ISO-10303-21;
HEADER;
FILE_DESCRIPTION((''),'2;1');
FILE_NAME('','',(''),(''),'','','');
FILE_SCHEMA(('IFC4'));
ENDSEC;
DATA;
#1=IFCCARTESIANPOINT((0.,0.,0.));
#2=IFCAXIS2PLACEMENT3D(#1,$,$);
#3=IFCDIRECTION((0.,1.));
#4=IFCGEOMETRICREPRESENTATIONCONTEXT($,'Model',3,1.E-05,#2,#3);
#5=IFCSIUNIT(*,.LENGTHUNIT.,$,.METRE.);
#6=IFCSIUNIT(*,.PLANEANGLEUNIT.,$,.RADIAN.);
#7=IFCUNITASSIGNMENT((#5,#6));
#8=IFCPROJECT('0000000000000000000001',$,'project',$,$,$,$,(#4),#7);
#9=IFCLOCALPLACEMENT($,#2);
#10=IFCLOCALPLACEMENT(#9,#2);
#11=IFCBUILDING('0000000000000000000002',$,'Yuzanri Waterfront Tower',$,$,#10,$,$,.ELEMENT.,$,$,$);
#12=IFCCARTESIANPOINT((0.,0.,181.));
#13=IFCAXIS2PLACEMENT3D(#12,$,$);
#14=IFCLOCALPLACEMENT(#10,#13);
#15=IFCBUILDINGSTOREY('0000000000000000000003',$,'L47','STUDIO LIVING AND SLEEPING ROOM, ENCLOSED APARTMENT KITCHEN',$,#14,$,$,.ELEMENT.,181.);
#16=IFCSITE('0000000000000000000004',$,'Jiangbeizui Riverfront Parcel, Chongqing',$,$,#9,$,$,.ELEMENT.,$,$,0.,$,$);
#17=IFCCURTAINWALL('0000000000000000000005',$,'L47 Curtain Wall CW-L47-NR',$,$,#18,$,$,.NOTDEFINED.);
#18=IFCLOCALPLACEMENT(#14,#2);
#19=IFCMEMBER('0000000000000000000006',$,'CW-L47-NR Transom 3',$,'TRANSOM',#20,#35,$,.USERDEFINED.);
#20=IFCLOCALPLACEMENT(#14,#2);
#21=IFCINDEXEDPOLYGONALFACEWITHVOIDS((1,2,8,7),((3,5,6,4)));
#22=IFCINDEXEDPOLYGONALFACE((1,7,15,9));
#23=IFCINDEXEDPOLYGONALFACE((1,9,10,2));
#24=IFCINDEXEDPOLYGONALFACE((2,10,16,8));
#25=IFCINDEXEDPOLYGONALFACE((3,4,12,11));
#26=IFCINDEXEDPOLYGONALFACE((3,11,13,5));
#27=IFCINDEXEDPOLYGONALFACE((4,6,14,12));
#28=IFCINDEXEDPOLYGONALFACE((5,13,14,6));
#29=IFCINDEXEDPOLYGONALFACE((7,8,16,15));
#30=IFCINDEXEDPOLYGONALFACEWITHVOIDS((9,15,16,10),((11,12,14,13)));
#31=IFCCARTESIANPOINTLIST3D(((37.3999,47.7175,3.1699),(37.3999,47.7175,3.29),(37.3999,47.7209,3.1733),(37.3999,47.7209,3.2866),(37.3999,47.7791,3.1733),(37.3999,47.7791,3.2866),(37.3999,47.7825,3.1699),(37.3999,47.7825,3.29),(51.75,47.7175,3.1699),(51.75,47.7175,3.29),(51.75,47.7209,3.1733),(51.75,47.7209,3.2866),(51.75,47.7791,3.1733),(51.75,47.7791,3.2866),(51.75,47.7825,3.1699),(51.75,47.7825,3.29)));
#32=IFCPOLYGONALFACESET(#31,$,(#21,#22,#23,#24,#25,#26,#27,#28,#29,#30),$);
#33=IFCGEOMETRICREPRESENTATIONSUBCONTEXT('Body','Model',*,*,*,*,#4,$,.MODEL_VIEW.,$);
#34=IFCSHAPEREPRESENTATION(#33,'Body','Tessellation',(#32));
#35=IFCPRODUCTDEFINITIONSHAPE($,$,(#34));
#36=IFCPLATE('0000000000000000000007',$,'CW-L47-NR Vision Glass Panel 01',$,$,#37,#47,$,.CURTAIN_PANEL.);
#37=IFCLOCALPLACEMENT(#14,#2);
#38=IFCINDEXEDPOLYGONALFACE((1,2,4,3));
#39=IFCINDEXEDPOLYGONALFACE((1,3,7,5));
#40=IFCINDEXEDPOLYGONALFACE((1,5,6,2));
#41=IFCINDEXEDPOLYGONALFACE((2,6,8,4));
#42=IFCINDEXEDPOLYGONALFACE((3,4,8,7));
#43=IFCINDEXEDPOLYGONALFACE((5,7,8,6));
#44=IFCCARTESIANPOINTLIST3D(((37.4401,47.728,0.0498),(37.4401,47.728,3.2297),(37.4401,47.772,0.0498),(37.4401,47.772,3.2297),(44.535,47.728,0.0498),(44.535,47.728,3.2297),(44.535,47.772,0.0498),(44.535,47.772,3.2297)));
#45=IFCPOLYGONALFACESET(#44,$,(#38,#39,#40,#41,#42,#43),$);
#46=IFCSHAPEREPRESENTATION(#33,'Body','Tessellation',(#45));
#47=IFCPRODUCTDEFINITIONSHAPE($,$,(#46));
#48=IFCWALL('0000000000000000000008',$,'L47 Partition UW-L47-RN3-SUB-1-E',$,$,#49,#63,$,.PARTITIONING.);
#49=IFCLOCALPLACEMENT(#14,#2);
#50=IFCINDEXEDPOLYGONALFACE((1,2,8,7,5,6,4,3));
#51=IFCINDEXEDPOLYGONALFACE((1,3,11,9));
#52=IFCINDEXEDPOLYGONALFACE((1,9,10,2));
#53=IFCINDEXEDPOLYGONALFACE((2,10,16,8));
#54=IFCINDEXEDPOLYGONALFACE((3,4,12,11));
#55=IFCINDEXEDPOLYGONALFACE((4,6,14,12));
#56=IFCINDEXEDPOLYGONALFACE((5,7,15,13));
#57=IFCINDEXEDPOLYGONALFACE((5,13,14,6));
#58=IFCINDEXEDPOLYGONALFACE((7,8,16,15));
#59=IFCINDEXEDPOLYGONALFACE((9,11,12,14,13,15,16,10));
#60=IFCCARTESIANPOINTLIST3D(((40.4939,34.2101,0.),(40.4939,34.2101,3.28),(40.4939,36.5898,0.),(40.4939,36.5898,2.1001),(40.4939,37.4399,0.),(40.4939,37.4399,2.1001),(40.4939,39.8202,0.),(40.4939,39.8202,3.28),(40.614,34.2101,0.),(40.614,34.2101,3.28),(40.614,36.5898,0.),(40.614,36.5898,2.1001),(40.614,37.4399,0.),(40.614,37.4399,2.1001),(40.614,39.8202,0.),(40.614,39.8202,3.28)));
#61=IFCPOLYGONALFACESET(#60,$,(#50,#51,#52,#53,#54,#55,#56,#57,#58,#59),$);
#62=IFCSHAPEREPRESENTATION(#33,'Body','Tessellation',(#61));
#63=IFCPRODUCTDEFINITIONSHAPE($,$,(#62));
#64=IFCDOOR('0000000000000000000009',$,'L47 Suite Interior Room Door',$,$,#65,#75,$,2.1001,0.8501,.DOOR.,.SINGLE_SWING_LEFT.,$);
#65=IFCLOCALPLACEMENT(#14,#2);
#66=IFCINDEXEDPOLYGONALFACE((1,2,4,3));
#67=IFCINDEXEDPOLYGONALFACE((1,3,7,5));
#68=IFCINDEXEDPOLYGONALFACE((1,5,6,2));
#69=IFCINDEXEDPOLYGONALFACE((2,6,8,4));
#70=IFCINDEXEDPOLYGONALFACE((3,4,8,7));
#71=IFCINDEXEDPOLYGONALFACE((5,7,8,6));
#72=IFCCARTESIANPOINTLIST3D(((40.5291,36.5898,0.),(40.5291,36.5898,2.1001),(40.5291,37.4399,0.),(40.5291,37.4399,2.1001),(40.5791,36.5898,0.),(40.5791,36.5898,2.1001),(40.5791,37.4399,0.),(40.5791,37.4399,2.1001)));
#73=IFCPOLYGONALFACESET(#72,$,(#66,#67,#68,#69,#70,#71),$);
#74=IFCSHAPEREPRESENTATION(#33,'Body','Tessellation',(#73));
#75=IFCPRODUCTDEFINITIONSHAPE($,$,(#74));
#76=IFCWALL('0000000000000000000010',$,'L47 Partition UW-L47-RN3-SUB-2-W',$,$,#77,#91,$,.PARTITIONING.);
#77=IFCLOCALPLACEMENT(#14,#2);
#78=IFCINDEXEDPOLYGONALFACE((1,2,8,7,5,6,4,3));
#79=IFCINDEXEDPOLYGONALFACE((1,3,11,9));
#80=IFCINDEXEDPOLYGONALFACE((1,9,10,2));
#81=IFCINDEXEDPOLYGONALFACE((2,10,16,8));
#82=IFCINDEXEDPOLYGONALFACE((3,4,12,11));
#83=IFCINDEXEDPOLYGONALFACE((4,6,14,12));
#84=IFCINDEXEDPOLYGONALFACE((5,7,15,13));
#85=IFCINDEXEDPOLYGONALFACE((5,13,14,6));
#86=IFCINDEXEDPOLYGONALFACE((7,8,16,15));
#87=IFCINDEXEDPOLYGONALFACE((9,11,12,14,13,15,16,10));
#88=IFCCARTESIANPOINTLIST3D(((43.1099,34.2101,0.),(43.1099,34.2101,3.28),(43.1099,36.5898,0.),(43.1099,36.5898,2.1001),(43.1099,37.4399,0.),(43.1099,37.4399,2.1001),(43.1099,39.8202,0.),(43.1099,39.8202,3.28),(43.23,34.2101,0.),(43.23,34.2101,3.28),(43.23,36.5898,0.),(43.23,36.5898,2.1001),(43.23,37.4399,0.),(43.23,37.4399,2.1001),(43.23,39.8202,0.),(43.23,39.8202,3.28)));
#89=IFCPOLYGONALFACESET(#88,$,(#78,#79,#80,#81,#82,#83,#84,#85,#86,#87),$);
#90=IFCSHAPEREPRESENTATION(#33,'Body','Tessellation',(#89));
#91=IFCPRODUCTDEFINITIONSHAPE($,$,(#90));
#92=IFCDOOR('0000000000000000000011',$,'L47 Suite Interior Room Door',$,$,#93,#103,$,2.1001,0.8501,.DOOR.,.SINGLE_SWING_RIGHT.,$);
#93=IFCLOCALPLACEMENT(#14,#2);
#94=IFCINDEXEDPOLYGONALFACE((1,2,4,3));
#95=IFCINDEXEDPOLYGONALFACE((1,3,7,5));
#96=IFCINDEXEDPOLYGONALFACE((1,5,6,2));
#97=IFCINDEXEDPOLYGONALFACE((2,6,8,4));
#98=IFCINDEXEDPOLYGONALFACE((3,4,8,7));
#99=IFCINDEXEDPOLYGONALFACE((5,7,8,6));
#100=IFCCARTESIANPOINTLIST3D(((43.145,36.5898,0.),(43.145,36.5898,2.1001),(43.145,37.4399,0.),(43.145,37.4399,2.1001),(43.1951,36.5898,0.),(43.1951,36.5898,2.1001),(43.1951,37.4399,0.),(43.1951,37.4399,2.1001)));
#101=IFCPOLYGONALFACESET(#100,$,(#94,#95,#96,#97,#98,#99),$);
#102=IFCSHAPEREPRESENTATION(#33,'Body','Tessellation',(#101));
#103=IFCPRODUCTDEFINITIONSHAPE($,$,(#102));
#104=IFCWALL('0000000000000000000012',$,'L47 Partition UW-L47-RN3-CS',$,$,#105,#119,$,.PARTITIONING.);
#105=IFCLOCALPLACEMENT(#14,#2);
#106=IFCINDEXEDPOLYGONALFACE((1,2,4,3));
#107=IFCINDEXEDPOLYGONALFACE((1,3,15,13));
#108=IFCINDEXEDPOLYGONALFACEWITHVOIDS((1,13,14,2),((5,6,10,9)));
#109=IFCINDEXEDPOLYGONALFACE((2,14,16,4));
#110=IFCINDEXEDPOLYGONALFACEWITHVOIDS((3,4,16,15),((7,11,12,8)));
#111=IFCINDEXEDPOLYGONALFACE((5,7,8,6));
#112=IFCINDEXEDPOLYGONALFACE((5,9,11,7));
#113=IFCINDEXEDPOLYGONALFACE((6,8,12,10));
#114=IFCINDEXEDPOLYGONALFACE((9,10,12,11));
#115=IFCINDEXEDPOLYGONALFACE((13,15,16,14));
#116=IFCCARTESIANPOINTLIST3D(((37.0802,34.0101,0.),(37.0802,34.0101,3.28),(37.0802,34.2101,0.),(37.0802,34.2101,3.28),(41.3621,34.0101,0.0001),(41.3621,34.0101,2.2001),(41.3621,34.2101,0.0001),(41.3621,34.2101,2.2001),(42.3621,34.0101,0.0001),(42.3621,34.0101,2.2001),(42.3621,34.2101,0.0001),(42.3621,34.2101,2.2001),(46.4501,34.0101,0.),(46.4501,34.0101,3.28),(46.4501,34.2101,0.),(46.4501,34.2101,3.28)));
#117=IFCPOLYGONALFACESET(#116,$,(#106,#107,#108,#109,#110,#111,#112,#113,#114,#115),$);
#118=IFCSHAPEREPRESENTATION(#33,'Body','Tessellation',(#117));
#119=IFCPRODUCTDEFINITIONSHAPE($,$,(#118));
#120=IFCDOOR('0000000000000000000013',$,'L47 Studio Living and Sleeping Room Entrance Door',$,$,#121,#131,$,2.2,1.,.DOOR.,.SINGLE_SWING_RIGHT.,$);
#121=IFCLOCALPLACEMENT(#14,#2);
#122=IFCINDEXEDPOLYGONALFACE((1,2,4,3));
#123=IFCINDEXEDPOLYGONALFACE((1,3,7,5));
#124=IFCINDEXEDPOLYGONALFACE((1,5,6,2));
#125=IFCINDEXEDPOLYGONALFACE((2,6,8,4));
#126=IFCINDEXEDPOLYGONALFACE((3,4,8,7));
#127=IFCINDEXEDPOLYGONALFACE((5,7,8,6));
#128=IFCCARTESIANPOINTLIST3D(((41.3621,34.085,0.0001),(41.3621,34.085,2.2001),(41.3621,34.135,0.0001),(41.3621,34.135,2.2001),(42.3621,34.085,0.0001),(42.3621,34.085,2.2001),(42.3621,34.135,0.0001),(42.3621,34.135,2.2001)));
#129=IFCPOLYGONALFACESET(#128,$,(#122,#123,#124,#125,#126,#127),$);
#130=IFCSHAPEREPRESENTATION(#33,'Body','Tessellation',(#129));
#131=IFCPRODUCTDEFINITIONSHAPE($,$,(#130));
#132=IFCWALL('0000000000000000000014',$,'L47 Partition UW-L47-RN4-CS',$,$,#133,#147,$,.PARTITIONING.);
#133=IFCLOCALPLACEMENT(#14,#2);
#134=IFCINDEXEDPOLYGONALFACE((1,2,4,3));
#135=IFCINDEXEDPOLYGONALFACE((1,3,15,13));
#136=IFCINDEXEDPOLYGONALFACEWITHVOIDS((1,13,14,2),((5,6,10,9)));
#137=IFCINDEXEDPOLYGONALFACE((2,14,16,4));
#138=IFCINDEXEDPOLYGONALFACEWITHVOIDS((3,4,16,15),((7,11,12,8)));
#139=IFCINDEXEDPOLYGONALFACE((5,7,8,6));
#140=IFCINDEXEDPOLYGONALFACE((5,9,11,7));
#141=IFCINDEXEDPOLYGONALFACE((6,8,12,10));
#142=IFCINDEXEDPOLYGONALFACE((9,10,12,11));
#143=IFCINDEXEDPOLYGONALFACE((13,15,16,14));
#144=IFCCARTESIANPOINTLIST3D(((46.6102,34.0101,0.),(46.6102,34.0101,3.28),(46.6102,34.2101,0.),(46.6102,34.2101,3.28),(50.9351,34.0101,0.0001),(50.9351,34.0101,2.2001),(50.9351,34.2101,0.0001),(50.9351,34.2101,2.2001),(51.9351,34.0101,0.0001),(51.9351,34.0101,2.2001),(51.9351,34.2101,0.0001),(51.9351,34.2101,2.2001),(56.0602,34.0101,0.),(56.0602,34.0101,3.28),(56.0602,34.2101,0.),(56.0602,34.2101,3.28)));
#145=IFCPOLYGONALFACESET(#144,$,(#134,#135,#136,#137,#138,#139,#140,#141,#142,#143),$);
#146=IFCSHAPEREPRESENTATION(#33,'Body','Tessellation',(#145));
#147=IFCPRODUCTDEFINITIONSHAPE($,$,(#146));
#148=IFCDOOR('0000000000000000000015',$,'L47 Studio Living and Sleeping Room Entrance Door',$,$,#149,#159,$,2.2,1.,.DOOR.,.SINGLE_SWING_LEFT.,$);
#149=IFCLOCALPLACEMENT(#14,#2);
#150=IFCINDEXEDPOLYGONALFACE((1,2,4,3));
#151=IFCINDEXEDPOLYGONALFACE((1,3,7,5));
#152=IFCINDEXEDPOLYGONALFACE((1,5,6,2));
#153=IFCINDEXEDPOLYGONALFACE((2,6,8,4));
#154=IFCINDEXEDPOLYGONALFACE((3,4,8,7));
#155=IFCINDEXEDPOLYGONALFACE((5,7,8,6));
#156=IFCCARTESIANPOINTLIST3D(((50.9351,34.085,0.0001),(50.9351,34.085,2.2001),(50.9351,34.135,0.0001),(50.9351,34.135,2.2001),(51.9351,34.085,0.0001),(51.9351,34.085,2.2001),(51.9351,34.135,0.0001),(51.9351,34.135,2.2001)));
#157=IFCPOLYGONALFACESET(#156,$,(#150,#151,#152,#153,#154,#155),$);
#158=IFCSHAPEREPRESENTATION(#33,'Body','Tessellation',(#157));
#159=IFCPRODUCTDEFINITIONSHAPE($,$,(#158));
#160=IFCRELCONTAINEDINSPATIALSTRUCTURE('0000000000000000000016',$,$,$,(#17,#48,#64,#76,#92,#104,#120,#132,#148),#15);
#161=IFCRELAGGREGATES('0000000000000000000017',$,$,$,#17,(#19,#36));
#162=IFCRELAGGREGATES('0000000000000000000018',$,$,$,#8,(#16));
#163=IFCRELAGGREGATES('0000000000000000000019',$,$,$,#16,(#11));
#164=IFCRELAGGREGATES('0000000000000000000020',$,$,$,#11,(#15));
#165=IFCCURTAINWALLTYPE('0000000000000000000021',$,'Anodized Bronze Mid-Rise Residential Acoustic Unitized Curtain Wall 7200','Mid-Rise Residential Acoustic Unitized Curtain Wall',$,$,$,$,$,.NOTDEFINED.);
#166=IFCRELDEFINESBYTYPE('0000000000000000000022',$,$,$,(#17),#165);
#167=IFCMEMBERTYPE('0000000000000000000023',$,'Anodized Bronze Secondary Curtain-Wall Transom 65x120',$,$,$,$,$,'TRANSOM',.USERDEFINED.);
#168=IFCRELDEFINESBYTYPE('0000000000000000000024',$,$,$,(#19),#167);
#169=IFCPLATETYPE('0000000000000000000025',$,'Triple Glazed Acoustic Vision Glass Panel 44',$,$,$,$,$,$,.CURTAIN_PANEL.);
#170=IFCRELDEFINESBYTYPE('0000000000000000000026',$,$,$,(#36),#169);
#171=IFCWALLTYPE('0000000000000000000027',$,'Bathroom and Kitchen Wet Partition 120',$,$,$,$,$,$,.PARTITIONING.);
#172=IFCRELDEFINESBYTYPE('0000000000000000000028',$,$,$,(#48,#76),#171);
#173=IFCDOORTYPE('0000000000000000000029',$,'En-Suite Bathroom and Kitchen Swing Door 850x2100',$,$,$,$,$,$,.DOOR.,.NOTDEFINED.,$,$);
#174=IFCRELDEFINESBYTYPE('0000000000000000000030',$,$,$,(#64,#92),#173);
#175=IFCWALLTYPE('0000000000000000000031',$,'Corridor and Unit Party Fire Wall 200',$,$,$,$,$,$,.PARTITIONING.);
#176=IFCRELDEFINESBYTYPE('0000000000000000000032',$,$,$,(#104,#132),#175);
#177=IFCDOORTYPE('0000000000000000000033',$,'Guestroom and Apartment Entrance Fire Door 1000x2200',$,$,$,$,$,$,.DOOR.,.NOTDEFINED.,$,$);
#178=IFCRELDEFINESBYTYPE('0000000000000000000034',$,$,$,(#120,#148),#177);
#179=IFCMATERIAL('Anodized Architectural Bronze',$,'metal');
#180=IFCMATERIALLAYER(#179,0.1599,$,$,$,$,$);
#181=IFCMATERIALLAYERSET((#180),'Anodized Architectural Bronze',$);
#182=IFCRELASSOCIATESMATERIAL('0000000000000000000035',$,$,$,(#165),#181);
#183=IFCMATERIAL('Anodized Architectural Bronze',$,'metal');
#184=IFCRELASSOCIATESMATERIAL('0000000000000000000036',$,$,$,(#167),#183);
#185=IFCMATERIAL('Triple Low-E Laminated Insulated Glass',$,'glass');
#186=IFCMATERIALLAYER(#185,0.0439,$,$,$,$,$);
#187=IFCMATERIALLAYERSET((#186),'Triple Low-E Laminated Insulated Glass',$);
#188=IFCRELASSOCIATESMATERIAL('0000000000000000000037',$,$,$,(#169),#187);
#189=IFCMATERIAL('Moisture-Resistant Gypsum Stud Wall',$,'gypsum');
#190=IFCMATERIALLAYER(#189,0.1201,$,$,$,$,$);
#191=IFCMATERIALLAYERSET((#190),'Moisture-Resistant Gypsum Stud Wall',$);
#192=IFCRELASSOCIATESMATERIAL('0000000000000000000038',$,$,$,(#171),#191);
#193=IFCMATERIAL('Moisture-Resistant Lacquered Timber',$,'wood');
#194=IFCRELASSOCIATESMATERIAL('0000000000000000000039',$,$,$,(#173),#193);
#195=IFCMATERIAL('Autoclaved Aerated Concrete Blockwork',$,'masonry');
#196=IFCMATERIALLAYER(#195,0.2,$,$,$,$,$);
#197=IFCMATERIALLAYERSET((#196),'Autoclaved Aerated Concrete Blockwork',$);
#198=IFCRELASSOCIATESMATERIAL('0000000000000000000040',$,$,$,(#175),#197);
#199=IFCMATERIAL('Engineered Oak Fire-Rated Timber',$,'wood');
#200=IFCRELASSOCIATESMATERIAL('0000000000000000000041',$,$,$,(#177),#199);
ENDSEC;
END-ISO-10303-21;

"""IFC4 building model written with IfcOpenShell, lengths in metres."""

from ifc_helpers import new_model, si_unit, direction, frame, frame_2d, origin, origin_2d, place, context, subcontext, project, spatial, rectangle, hollow_rectangle, extrude, source, transform, mapped, material, layer, layer_set, material_profile, profile_set, type_object, element, fill, aggregate, save


model = new_model("IFC4")

# Units and contexts
model_context = context("Model", 3, precision=1e-05, world=origin(), true_north=direction((0.0, 1.0)))
body_context = subcontext(model_context, "Body", "Model", "MODEL_VIEW")
ifc_project = project(units=[si_unit("LENGTHUNIT", "METRE"), si_unit("PLANEANGLEUNIT", "RADIAN")], contexts=[model_context])

# Site, building, storey
site_placement = place(None, origin())
site = spatial("IfcSite", under=ifc_project, at=site_placement, Name="Jiangbeizui Riverfront Parcel, Chongqing", CompositionType="ELEMENT", RefElevation=0.0)
building_placement = place(site_placement, origin())
building = spatial("IfcBuilding", under=site, at=building_placement, Name="Yuzanri Waterfront Tower", CompositionType="ELEMENT")
storey_placement = place(building_placement, frame((0.0, 0.0, 181.0)))
storey = spatial("IfcBuildingStorey", under=building, at=storey_placement, Name="L47", Description="STUDIO LIVING AND SLEEPING ROOM, ENCLOSED APARTMENT KITCHEN", CompositionType="ELEMENT", Elevation=181.0)

# Curtain wall, member, plate
ifc_material_1 = material(Name="Anodized Architectural Bronze", Category="metal")
ifc_layer_1 = layer(ifc_material_1, 0.1599)
ifc_layer_set_1 = layer_set([ifc_layer_1], Name="Anodized Architectural Bronze")
curtain_wall_type = type_object("IfcCurtainWallType", Name="Anodized Bronze Mid-Rise Residential Acoustic Unitized Curtain Wall 7200", Description="Mid-Rise Residential Acoustic Unitized Curtain Wall", PredefinedType="NOTDEFINED", material=ifc_layer_set_1)
curtain_wall_placement = place(storey_placement, origin())
curtain_wall = element("IfcCurtainWall", 1, at=curtain_wall_placement, inside=storey, type_object=curtain_wall_type, Name="L47 Curtain Wall CW-L47-NR", PredefinedType="NOTDEFINED")
ifc_material_2 = material(Name="Anodized Architectural Bronze", Category="metal")
ifc_material_profile_1 = material_profile(ifc_material_2, hollow_rectangle(XDim=0.0649, YDim=0.1201, WallThickness=0.0034, at=origin_2d()), Name="CWT 65x120")
ifc_profile_set_1 = profile_set([ifc_material_profile_1], Name="Anodized Architectural Bronze")
member_type_1 = type_object("IfcMemberType", Name="Anodized Bronze Secondary Curtain-Wall Transom 65x120", ElementType="TRANSOM", PredefinedType="USERDEFINED", material=ifc_profile_set_1)
shared_shape_1 = source(origin(), body_context, "Body", "SweptSolid", [
    extrude(hollow_rectangle(XDim=0.0649, YDim=0.1201, WallThickness=0.0034, at=origin_2d()), origin(), (0.0, 0.0, 1.0), 14.3501),
])
member_1_placement = place(storey_placement, frame((37.3999, 47.75, 3.23), z_axis=(1.0, 0.0, 0.0), x_axis=(0.0, 1.0, 0.0)))
member_1 = element("IfcMember", 2, at=member_1_placement, type_object=member_type_1, Name="CW-L47-NR Transom 3", ObjectType="TRANSOM", PredefinedType="USERDEFINED", context=body_context, shape_type="MappedRepresentation", body=[
    mapped(shared_shape_1, transform((0.0, 0.0, 0.0), scale=1.0)),
])
ifc_material_3 = material(Name="Triple Low-E Laminated Insulated Glass", Category="glass")
ifc_layer_2 = layer(ifc_material_3, 0.0439)
ifc_layer_set_2 = layer_set([ifc_layer_2], Name="Triple Low-E Laminated Insulated Glass")
plate_type = type_object("IfcPlateType", Name="Triple Glazed Acoustic Vision Glass Panel 44", PredefinedType="CURTAIN_PANEL", material=ifc_layer_set_2)
shared_shape_2 = source(origin(), body_context, "Body", "SweptSolid", [
    extrude(rectangle(XDim=7.095, YDim=0.0439, at=origin_2d()), origin(), (0.0, 0.0, 1.0), 3.1799),
])
plate_placement = place(storey_placement, frame((40.9875, 47.75, 0.0498), z_axis=(0.0, 0.0, 1.0), x_axis=(1.0, 0.0, 0.0)))
plate = element("IfcPlate", 3, at=plate_placement, type_object=plate_type, Name="CW-L47-NR Vision Glass Panel 01", PredefinedType="CURTAIN_PANEL", context=body_context, shape_type="MappedRepresentation", body=[
    mapped(shared_shape_2, transform((0.0, 0.0, 0.0), scale=1.0)),
])
aggregate(curtain_wall, [member_1, plate])

# Walls, openings, doors
ifc_material_4 = material(Name="Moisture-Resistant Gypsum Stud Wall", Category="gypsum")
ifc_layer_3 = layer(ifc_material_4, 0.1201)
ifc_layer_set_3 = layer_set([ifc_layer_3], Name="Moisture-Resistant Gypsum Stud Wall")
wall_type_1 = type_object("IfcWallType", Name="Bathroom and Kitchen Wet Partition 120", PredefinedType="PARTITIONING", material=ifc_layer_set_3)
wall_1_placement = place(storey_placement, frame((40.554, 34.21, 0.0), z_axis=(0.0, 0.0, 1.0), x_axis=(0.0, 1.0, 0.0)))
wall_1 = element("IfcWall", 4, at=wall_1_placement, inside=storey, type_object=wall_type_1, Name="L47 Partition UW-L47-RN3-SUB-1-E", PredefinedType="PARTITIONING", context=body_context, shape_type="SweptSolid", body=[
    extrude(rectangle(XDim=5.6101, YDim=0.1201, at=frame_2d((2.8052, 0.0))), origin(), (0.0, 0.0, 1.0), 3.28),
])
opening_1_placement = place(wall_1_placement, frame((2.3799, 0.0, 0.0)))
opening_1 = element("IfcOpeningElement", 5, at=opening_1_placement, cuts=wall_1, PredefinedType="OPENING", context=body_context, shape_type="SweptSolid", body=[
    extrude(rectangle(XDim=0.8501, YDim=2.1001, at=frame_2d((0.425, 1.05))), frame((0.0, 0.075, 0.0), z_axis=(0.0, -1.0, 0.0), x_axis=(1.0, 0.0, 0.0)), (0.0, 0.0, 1.0), 0.1499),
])
ifc_material_5 = material(Name="Moisture-Resistant Lacquered Timber", Category="wood")
door_type_1 = type_object("IfcDoorType", Name="En-Suite Bathroom and Kitchen Swing Door 850x2100", OperationType="NOTDEFINED", PredefinedType="DOOR", material=ifc_material_5)
shared_shape_3 = source(origin(), body_context, "Body", "SweptSolid", [
    extrude(rectangle(XDim=0.8501, YDim=2.1001, at=frame_2d((0.425, 1.05))), frame((0.0, 0.0249, 0.0), z_axis=(0.0, -1.0, 0.0), x_axis=(1.0, 0.0, 0.0)), (0.0, 0.0, 1.0), 0.05),
])
door_1_placement = place(opening_1_placement, origin())
door_1 = element("IfcDoor", 6, at=door_1_placement, inside=storey, type_object=door_type_1, Name="L47 Suite Interior Room Door", OperationType="SINGLE_SWING_LEFT", OverallHeight=2.1001, OverallWidth=0.8501, PredefinedType="DOOR", context=body_context, shape_type="MappedRepresentation", body=[
    mapped(shared_shape_3, transform((0.0, 0.0, 0.0), scale=1.0)),
])
fill(opening_1, door_1)
wall_2_placement = place(storey_placement, frame((43.1699, 34.21, 0.0), z_axis=(0.0, 0.0, 1.0), x_axis=(0.0, 1.0, 0.0)))
wall_2 = element("IfcWall", 7, at=wall_2_placement, inside=storey, type_object=wall_type_1, Name="L47 Partition UW-L47-RN3-SUB-2-W", PredefinedType="PARTITIONING", context=body_context, shape_type="SweptSolid", body=[
    extrude(rectangle(XDim=5.6101, YDim=0.1201, at=frame_2d((2.8052, 0.0))), origin(), (0.0, 0.0, 1.0), 3.28),
])
opening_2_placement = place(wall_2_placement, frame((2.3799, 0.0, 0.0)))
opening_2 = element("IfcOpeningElement", 8, at=opening_2_placement, cuts=wall_2, PredefinedType="OPENING", context=body_context, shape_type="SweptSolid", body=[
    extrude(rectangle(XDim=0.8501, YDim=2.1001, at=frame_2d((0.425, 1.05))), frame((0.0, 0.075, 0.0), z_axis=(0.0, -1.0, 0.0), x_axis=(1.0, 0.0, 0.0)), (0.0, 0.0, 1.0), 0.1499),
])
door_2_placement = place(opening_2_placement, origin())
door_2 = element("IfcDoor", 9, at=door_2_placement, inside=storey, type_object=door_type_1, Name="L47 Suite Interior Room Door", OperationType="SINGLE_SWING_RIGHT", OverallHeight=2.1001, OverallWidth=0.8501, PredefinedType="DOOR", context=body_context, shape_type="MappedRepresentation", body=[
    mapped(shared_shape_3, transform((0.0, 0.0, 0.0), scale=1.0)),
])
fill(opening_2, door_2)
ifc_material_6 = material(Name="Autoclaved Aerated Concrete Blockwork", Category="masonry")
ifc_layer_4 = layer(ifc_material_6, 0.2)
ifc_layer_set_4 = layer_set([ifc_layer_4], Name="Autoclaved Aerated Concrete Blockwork")
wall_type_2 = type_object("IfcWallType", Name="Corridor and Unit Party Fire Wall 200", PredefinedType="PARTITIONING", material=ifc_layer_set_4)
wall_3_placement = place(storey_placement, frame((37.0801, 34.1101, 0.0), z_axis=(0.0, 0.0, 1.0), x_axis=(1.0, 0.0, 0.0)))
wall_3 = element("IfcWall", 10, at=wall_3_placement, inside=storey, type_object=wall_type_2, Name="L47 Partition UW-L47-RN3-CS", PredefinedType="PARTITIONING", context=body_context, shape_type="SweptSolid", body=[
    extrude(rectangle(XDim=9.3699, YDim=0.2, at=frame_2d((4.6851, 0.0))), origin(), (0.0, 0.0, 1.0), 3.28),
])
opening_3_placement = place(wall_3_placement, frame((4.282, 0.0, 0.0)))
opening_3 = element("IfcOpeningElement", 11, at=opening_3_placement, cuts=wall_3, PredefinedType="OPENING", context=body_context, shape_type="SweptSolid", body=[
    extrude(rectangle(XDim=1.0, YDim=2.2, at=frame_2d((0.5, 1.1001))), frame((0.0, 0.1147, 0.0), z_axis=(0.0, -1.0, 0.0), x_axis=(1.0, 0.0, 0.0)), (0.0, 0.0, 1.0), 0.2297),
])
ifc_material_7 = material(Name="Engineered Oak Fire-Rated Timber", Category="wood")
door_type_2 = type_object("IfcDoorType", Name="Guestroom and Apartment Entrance Fire Door 1000x2200", OperationType="NOTDEFINED", PredefinedType="DOOR", material=ifc_material_7)
shared_shape_4 = source(origin(), body_context, "Body", "SweptSolid", [
    extrude(rectangle(XDim=1.0, YDim=2.2, at=frame_2d((0.5, 1.1001))), frame((0.0, 0.0249, 0.0), z_axis=(0.0, -1.0, 0.0), x_axis=(1.0, 0.0, 0.0)), (0.0, 0.0, 1.0), 0.05),
])
door_3_placement = place(opening_3_placement, origin())
door_3 = element("IfcDoor", 12, at=door_3_placement, inside=storey, type_object=door_type_2, Name="L47 Studio Living and Sleeping Room Entrance Door", OperationType="SINGLE_SWING_RIGHT", OverallHeight=2.2, OverallWidth=1.0, PredefinedType="DOOR", context=body_context, shape_type="MappedRepresentation", body=[
    mapped(shared_shape_4, transform((0.0, 0.0, 0.0), scale=1.0)),
])
fill(opening_3, door_3)
wall_4_placement = place(storey_placement, frame((46.6101, 34.1101, 0.0), z_axis=(0.0, 0.0, 1.0), x_axis=(1.0, 0.0, 0.0)))
wall_4 = element("IfcWall", 13, at=wall_4_placement, inside=storey, type_object=wall_type_2, Name="L47 Partition UW-L47-RN4-CS", PredefinedType="PARTITIONING", context=body_context, shape_type="SweptSolid", body=[
    extrude(rectangle(XDim=9.45, YDim=0.2, at=frame_2d((4.7251, 0.0))), origin(), (0.0, 0.0, 1.0), 3.28),
])
opening_4_placement = place(wall_4_placement, frame((4.325, 0.0, 0.0)))
opening_4 = element("IfcOpeningElement", 14, at=opening_4_placement, cuts=wall_4, PredefinedType="OPENING", context=body_context, shape_type="SweptSolid", body=[
    extrude(rectangle(XDim=1.0, YDim=2.2, at=frame_2d((0.5, 1.1001))), frame((0.0, 0.1147, 0.0), z_axis=(0.0, -1.0, 0.0), x_axis=(1.0, 0.0, 0.0)), (0.0, 0.0, 1.0), 0.2297),
])
door_4_placement = place(opening_4_placement, origin())
door_4 = element("IfcDoor", 15, at=door_4_placement, inside=storey, type_object=door_type_2, Name="L47 Studio Living and Sleeping Room Entrance Door", OperationType="SINGLE_SWING_LEFT", OverallHeight=2.2, OverallWidth=1.0, PredefinedType="DOOR", context=body_context, shape_type="MappedRepresentation", body=[
    mapped(shared_shape_4, transform((0.0, 0.0, 0.0), scale=1.0)),
])
fill(opening_4, door_4)

save(model, "model.ifc")
